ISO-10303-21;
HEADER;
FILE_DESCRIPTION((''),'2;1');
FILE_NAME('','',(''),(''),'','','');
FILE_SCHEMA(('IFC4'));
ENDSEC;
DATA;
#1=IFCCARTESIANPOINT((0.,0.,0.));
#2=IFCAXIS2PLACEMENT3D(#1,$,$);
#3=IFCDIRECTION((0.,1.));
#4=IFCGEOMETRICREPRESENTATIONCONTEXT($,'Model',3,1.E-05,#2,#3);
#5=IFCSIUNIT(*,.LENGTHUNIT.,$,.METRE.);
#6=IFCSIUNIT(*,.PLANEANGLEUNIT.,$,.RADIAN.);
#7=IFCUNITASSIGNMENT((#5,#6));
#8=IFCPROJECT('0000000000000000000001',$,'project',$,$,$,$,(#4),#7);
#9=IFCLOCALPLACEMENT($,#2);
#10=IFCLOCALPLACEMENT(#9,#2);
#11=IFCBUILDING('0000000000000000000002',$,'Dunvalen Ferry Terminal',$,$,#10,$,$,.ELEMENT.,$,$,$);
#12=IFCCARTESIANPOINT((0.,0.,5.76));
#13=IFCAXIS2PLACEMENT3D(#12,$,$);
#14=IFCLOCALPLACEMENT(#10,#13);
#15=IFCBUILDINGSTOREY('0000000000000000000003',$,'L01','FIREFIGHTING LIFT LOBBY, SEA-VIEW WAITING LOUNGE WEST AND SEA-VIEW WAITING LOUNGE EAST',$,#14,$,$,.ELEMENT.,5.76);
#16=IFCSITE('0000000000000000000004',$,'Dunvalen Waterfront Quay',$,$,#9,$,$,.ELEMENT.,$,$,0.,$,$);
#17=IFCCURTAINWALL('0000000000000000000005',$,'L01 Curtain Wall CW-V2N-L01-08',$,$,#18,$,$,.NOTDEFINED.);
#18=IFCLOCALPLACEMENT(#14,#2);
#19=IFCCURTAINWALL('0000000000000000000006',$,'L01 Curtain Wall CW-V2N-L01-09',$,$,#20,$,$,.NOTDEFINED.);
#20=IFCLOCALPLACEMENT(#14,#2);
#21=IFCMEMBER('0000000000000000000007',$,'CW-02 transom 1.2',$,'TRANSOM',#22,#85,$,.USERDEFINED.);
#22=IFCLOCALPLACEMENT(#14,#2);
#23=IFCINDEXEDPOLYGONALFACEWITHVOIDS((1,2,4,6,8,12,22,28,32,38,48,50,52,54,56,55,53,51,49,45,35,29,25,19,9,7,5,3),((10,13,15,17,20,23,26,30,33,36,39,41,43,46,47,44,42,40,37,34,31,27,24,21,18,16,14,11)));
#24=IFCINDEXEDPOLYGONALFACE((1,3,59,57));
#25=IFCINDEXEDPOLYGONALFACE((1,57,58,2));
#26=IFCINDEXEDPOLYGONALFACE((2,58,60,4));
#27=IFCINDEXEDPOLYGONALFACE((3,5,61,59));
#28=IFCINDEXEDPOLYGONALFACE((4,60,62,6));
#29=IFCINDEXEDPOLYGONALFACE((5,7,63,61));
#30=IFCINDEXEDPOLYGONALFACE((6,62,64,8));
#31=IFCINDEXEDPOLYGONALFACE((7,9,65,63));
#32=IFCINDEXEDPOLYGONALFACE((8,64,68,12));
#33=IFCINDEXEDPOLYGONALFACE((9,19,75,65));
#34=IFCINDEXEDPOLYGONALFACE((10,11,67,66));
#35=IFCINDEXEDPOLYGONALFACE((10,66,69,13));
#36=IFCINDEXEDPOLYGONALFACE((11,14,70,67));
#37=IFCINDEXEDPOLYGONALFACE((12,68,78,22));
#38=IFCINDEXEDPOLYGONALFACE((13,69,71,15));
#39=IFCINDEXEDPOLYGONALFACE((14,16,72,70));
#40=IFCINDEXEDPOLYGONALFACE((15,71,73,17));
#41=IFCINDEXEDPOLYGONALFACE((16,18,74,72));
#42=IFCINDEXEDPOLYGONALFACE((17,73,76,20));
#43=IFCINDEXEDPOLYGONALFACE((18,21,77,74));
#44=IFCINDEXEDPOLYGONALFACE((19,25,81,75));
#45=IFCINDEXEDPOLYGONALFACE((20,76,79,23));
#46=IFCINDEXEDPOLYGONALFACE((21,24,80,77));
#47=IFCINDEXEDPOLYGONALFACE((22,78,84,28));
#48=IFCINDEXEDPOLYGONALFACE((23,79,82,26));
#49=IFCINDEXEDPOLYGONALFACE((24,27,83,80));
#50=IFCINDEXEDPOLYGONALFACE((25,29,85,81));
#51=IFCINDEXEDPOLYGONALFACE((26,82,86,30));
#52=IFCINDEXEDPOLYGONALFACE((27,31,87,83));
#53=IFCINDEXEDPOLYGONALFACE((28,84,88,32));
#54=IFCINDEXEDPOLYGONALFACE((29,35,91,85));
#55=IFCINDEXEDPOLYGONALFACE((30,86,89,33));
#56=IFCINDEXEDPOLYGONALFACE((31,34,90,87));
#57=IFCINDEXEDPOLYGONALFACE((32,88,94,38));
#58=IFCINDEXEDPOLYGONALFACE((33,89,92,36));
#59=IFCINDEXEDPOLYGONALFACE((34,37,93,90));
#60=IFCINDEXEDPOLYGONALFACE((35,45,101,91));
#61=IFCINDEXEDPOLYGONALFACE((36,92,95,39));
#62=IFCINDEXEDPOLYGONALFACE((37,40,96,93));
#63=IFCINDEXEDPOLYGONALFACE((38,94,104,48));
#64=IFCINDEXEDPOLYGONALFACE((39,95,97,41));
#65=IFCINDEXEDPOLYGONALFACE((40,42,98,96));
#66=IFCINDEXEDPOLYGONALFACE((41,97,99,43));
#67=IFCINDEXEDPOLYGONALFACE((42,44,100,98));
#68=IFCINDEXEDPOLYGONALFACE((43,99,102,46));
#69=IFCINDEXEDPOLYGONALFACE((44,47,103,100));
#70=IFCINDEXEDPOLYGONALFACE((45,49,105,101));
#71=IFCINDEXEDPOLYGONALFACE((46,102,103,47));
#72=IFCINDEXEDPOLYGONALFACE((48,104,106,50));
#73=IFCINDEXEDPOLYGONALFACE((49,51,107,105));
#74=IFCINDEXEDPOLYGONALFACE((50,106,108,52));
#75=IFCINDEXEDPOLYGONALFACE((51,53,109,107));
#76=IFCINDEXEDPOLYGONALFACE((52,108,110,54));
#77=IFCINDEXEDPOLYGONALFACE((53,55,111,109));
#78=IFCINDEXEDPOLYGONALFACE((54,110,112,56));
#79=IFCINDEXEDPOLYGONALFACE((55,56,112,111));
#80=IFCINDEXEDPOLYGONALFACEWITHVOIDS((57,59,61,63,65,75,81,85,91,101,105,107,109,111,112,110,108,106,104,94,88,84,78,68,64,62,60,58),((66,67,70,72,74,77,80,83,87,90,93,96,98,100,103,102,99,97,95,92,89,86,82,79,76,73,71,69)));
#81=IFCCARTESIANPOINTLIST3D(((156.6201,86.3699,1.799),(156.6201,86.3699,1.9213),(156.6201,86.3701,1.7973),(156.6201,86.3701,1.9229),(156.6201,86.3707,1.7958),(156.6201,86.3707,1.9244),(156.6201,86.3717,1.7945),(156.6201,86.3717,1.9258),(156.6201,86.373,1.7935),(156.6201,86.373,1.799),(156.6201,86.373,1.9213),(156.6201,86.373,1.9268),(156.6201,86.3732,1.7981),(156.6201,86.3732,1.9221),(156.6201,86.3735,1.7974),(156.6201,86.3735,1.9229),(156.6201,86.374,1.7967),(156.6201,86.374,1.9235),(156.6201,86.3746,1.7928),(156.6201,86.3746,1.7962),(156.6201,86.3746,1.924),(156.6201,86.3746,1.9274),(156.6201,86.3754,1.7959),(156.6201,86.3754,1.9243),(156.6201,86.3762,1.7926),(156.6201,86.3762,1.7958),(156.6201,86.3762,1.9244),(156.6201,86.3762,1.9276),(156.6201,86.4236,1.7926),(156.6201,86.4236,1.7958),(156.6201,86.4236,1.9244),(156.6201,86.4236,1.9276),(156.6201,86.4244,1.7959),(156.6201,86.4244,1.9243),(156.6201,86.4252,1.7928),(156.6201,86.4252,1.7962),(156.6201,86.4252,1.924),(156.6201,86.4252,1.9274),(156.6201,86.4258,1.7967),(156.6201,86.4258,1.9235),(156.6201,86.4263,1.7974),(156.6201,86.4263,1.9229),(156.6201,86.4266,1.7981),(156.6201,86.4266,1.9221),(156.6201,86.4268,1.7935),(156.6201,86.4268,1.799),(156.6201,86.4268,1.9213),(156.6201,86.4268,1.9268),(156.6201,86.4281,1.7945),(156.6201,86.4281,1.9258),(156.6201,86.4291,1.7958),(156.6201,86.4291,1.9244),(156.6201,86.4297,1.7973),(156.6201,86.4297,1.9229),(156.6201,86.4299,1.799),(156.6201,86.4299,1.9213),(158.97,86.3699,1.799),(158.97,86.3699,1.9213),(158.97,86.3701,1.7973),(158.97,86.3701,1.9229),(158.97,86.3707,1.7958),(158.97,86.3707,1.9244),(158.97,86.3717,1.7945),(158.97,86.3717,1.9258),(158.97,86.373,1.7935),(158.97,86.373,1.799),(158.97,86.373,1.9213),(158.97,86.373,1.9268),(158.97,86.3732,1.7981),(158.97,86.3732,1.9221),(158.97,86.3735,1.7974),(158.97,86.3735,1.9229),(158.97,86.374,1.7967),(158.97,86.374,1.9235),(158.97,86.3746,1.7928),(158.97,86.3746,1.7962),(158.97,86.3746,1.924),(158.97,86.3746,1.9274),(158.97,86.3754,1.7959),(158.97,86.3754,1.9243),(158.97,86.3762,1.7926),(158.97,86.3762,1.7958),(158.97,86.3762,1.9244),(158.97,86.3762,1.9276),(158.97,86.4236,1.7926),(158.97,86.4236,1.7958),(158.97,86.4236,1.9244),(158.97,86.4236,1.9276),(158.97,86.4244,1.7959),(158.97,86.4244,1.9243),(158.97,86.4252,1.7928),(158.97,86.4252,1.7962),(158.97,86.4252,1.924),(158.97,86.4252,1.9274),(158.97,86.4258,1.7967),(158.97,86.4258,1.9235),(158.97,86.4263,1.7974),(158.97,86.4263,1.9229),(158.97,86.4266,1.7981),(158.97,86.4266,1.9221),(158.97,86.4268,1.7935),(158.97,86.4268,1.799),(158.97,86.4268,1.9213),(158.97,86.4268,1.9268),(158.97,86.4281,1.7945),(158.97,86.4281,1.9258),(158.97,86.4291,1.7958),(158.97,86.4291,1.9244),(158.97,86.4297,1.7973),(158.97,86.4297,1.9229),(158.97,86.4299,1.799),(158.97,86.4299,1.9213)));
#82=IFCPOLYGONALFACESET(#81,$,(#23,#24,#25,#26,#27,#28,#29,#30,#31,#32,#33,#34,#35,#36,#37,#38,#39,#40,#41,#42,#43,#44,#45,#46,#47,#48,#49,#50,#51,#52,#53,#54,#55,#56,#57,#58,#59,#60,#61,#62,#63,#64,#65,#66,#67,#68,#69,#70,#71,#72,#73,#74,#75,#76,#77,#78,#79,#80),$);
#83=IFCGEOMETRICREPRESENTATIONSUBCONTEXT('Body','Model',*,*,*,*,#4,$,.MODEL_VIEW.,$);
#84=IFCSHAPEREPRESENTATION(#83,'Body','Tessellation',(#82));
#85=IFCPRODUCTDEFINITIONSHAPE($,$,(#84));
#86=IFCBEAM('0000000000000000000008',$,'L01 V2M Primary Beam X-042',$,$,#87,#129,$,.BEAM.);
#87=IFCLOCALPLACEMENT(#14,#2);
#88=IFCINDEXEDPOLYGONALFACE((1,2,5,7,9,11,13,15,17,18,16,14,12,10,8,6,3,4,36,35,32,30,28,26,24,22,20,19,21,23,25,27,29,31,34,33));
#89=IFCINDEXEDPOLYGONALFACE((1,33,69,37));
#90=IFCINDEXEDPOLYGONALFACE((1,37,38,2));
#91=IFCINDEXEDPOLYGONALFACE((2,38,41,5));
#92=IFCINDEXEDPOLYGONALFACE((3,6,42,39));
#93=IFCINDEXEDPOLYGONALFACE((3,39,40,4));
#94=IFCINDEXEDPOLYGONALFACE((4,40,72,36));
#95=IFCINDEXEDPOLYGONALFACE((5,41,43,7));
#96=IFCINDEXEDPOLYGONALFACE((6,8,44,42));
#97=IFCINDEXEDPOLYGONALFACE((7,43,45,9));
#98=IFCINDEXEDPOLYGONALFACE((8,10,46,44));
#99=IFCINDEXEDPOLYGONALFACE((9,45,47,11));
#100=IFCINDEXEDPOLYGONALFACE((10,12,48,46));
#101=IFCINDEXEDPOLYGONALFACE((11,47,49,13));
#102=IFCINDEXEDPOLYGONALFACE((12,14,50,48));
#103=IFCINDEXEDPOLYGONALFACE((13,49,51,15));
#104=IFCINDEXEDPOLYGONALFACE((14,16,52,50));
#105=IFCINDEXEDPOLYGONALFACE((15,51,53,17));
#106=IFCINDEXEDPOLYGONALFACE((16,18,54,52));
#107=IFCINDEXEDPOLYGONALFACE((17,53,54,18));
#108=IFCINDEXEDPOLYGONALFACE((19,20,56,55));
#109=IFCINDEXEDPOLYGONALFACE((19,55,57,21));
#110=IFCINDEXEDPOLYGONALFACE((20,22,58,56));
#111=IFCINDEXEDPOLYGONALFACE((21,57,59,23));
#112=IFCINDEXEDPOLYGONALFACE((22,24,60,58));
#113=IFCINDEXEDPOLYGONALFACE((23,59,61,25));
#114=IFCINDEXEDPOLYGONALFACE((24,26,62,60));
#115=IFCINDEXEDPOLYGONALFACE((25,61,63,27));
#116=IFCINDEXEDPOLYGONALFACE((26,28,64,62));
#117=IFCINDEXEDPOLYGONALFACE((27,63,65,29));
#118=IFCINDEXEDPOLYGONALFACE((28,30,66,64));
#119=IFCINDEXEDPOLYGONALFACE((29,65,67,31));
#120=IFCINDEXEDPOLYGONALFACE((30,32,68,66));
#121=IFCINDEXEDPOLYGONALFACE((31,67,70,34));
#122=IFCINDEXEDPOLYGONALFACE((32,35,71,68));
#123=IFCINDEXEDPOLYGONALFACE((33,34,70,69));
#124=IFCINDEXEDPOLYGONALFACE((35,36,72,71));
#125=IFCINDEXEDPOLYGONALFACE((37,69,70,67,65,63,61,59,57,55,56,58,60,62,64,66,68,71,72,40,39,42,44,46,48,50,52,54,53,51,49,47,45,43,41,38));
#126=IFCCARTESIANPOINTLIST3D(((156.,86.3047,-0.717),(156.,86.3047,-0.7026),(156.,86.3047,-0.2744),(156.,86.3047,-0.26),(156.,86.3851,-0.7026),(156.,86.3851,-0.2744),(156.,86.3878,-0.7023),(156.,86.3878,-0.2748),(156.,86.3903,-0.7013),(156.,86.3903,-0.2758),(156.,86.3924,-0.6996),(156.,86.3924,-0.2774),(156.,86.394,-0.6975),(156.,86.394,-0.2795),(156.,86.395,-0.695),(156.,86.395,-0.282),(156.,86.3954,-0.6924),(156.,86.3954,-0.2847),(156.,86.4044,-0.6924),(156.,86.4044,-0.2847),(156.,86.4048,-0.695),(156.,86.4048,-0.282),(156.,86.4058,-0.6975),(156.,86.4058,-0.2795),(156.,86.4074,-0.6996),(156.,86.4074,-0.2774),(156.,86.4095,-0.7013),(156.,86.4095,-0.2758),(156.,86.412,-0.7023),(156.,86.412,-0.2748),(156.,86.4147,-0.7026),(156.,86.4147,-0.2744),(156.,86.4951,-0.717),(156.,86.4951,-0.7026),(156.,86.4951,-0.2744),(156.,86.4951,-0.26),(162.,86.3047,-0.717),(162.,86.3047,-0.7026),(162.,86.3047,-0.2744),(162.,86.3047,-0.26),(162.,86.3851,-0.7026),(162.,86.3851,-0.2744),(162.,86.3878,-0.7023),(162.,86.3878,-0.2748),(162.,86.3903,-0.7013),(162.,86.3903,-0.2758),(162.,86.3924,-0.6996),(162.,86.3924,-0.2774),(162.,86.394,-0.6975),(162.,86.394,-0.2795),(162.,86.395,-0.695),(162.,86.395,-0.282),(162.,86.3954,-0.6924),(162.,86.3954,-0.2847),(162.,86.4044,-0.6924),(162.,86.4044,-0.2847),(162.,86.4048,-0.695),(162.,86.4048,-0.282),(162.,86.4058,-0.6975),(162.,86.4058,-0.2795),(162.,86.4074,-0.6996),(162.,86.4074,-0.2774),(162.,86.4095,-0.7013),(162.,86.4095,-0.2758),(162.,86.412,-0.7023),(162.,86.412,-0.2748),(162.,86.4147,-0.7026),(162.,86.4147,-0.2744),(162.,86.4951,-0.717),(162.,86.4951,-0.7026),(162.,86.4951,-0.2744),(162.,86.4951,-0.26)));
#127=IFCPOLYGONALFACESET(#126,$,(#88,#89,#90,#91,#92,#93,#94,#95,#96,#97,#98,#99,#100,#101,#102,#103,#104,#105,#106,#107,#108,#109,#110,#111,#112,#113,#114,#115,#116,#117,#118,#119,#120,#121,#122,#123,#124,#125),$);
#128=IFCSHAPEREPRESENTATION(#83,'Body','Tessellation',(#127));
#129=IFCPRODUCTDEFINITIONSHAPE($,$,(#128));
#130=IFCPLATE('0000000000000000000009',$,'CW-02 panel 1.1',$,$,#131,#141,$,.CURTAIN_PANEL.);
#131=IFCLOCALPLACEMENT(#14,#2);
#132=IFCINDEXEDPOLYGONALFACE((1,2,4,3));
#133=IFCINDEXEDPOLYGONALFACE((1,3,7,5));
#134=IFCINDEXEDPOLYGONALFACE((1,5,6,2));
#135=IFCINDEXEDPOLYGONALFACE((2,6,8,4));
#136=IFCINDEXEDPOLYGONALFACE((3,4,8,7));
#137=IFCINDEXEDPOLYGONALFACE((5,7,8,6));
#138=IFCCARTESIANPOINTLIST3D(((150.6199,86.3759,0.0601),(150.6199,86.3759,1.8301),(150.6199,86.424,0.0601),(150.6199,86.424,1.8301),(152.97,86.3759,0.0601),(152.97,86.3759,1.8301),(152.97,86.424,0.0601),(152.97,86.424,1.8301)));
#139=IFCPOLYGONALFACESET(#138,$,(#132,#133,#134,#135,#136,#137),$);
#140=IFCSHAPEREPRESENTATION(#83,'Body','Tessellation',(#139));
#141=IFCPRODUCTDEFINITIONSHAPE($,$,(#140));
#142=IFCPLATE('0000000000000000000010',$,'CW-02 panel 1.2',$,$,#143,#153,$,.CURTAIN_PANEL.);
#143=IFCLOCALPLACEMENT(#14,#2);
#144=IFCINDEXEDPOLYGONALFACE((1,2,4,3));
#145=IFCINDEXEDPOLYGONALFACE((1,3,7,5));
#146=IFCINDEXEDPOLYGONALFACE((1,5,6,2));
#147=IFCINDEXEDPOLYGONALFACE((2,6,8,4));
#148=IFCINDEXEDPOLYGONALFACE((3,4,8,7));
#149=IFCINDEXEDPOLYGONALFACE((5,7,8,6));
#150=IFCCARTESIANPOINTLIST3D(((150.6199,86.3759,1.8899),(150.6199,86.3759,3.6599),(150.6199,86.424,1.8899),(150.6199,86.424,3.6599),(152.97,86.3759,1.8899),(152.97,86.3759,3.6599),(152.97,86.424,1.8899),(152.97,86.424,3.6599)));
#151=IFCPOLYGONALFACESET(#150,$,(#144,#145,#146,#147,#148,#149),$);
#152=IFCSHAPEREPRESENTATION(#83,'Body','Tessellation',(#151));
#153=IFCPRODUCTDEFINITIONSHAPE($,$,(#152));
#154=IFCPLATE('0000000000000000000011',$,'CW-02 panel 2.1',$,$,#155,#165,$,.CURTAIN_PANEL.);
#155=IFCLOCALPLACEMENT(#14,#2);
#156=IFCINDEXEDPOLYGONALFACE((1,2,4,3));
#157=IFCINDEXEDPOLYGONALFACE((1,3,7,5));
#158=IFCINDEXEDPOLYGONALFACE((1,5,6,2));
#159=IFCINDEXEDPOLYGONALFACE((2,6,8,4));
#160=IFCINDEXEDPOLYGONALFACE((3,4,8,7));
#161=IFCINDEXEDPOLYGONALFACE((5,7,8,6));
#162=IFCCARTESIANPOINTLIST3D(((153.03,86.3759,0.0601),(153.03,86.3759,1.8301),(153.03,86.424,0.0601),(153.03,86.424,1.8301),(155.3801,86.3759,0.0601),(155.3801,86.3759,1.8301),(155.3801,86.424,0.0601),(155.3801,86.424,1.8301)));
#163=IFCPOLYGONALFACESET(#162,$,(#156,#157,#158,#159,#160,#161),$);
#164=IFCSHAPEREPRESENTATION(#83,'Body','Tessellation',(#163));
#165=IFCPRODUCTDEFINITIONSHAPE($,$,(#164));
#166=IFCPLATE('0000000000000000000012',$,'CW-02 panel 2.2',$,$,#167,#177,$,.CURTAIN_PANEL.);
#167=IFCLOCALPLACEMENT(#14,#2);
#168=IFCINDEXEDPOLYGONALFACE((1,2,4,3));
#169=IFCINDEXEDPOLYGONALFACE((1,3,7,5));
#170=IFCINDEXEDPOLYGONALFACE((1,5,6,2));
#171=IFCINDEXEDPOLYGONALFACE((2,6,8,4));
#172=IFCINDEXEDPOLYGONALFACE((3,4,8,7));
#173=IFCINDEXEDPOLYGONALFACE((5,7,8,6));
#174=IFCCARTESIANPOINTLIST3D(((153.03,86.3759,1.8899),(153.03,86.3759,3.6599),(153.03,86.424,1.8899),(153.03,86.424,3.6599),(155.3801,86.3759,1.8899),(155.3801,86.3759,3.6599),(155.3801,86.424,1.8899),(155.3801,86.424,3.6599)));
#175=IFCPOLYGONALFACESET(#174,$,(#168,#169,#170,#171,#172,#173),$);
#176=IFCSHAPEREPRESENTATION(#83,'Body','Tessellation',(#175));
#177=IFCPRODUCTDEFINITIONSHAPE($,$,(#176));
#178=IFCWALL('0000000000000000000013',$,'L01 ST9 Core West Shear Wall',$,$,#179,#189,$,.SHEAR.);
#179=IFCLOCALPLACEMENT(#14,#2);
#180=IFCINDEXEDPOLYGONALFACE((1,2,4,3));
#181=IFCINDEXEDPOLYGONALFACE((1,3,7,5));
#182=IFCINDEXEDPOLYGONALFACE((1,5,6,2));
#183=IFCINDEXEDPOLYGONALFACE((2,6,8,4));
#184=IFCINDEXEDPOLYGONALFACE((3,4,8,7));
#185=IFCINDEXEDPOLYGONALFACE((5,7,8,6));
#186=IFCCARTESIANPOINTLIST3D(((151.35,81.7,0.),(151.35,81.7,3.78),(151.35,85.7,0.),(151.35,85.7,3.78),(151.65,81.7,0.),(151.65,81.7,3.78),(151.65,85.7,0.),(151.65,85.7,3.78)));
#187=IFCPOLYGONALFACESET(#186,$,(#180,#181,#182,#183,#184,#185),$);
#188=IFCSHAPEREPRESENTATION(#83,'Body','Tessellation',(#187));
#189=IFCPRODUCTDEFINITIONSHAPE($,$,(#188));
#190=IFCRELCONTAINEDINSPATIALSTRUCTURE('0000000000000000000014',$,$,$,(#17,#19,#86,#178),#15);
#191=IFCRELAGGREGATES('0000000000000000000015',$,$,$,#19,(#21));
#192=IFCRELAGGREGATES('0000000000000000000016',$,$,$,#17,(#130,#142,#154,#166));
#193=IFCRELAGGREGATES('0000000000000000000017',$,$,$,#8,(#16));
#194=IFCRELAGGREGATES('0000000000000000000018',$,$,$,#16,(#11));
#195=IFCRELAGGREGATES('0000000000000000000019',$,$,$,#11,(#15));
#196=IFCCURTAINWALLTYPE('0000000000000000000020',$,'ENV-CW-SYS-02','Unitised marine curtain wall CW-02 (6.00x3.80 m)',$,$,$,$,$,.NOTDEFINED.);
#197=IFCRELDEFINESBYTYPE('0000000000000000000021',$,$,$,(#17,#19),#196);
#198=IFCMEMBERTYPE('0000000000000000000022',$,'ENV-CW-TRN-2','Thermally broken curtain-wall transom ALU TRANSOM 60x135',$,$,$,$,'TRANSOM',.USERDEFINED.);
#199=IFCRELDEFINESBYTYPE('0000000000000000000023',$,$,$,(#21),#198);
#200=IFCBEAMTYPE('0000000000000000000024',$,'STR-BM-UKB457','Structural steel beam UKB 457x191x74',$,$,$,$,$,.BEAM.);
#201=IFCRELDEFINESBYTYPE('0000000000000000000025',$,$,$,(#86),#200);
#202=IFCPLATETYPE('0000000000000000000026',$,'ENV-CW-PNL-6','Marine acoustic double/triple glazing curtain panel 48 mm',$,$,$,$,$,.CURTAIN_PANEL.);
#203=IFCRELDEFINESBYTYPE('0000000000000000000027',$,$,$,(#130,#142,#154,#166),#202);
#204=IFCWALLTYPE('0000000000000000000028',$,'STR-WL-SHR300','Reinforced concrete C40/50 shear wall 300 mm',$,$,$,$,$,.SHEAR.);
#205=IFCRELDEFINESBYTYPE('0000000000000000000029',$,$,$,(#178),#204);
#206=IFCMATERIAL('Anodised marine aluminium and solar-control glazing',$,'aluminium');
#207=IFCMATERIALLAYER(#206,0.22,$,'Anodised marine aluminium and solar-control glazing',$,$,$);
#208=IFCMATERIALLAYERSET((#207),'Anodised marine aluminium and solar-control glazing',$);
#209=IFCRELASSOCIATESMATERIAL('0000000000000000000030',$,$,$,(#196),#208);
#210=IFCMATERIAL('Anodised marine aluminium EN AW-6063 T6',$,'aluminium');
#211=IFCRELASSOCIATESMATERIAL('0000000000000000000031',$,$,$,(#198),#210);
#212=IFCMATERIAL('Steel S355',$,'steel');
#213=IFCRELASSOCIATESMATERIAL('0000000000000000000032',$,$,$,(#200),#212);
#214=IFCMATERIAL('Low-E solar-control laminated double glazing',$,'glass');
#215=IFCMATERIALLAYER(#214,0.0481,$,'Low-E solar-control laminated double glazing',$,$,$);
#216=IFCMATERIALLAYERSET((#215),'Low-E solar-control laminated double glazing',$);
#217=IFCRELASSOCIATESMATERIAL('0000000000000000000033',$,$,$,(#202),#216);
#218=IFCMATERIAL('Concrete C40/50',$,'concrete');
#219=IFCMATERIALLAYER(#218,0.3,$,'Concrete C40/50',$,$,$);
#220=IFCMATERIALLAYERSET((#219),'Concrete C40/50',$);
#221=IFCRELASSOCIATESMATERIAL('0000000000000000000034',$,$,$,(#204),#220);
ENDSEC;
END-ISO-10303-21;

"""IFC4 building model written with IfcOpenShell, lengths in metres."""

from ifc_helpers import new_model, si_unit, direction, frame, frame_2d, origin, origin_2d, place, context, subcontext, project, spatial, rectangle, hollow_rectangle, i_section, extrude, material, layer, layer_set, material_profile, profile_set, type_object, element, aggregate, save


model = new_model("IFC4")

# Units and contexts
model_context = context("Model", 3, precision=1e-05, world=origin(), true_north=direction((0.0, 1.0)))
body_context = subcontext(model_context, "Body", "Model", "MODEL_VIEW")
ifc_project = project(units=[si_unit("LENGTHUNIT", "METRE"), si_unit("PLANEANGLEUNIT", "RADIAN")], contexts=[model_context])

# Site, building, storey
site_placement = place(None, origin())
site = spatial("IfcSite", under=ifc_project, at=site_placement, Name="Dunvalen Waterfront Quay", CompositionType="ELEMENT", RefElevation=0.0)
building_placement = place(site_placement, origin())
building = spatial("IfcBuilding", under=site, at=building_placement, Name="Dunvalen Ferry Terminal", CompositionType="ELEMENT")
storey_placement = place(building_placement, frame((0.0, 0.0, 5.76)))
storey = spatial("IfcBuildingStorey", under=building, at=storey_placement, Name="L01", Description="FIREFIGHTING LIFT LOBBY, SEA-VIEW WAITING LOUNGE WEST AND SEA-VIEW WAITING LOUNGE EAST", CompositionType="ELEMENT", Elevation=5.76)

# Shared definitions
ifc_material_1 = material(Name="Concrete C40/50", Category="concrete")

# Curtain wall
ifc_material_2 = material(Name="Anodised marine aluminium and solar-control glazing", Category="aluminium")
ifc_layer_1 = layer(ifc_material_2, 0.22, Name="Anodised marine aluminium and solar-control glazing")
ifc_layer_set_1 = layer_set([ifc_layer_1], Name="Anodised marine aluminium and solar-control glazing")
curtain_wall_type = type_object("IfcCurtainWallType", Name="ENV-CW-SYS-02", Description="Unitised marine curtain wall CW-02 (6.00x3.80 m)", PredefinedType="NOTDEFINED", material=ifc_layer_set_1)
curtain_wall_1_placement = place(storey_placement, origin())
curtain_wall_1 = element("IfcCurtainWall", 1, at=curtain_wall_1_placement, inside=storey, type_object=curtain_wall_type, Name="L01 Curtain Wall CW-V2N-L01-08", PredefinedType="NOTDEFINED")
ifc_material_3 = material(Name="Anodised marine aluminium EN AW-6063 T6", Category="aluminium")

# Curtain wall
curtain_wall_2_placement = place(storey_placement, origin())
curtain_wall_2 = element("IfcCurtainWall", 2, at=curtain_wall_2_placement, inside=storey, type_object=curtain_wall_type, Name="L01 Curtain Wall CW-V2N-L01-09", PredefinedType="NOTDEFINED")

# Member
ifc_material_profile_1 = material_profile(ifc_material_3, hollow_rectangle(XDim=0.0601, YDim=0.135, WallThickness=0.0032, InnerFilletRadius=0.0032, OuterFilletRadius=0.0063, at=origin_2d()), Name="Anodised marine aluminium EN AW-6063 T6")
ifc_profile_set_1 = profile_set([ifc_material_profile_1], Name="Anodised marine aluminium EN AW-6063 T6")
member_type_1 = type_object("IfcMemberType", Name="ENV-CW-TRN-2", Description="Thermally broken curtain-wall transom ALU TRANSOM 60x135", ElementType="TRANSOM", PredefinedType="USERDEFINED", material=ifc_profile_set_1)
member_1_placement = place(storey_placement, frame((156.6201, 86.3999, 1.8601), z_axis=(1.0, 0.0, 0.0), x_axis=(0.0, 1.0, 0.0)))
member_1 = element("IfcMember", 3, at=member_1_placement, type_object=member_type_1, Name="CW-02 transom 1.2", ObjectType="TRANSOM", PredefinedType="USERDEFINED", context=body_context, shape_type="SweptSolid", body=[
    extrude(hollow_rectangle(XDim=0.0601, YDim=0.135, WallThickness=0.0032, InnerFilletRadius=0.0032, OuterFilletRadius=0.0063, at=origin_2d()), origin(), (0.0, 0.0, 1.0), 2.3499),
])
aggregate(curtain_wall_2, [member_1])

# Beam
ifc_material_4 = material(Name="Steel S355", Category="steel")
ifc_material_profile_2 = material_profile(ifc_material_4, i_section(OverallWidth=0.1904, OverallDepth=0.457, WebThickness=0.009, FlangeThickness=0.0144, FilletRadius=0.0103, at=origin_2d()), Name="Steel S355")
ifc_profile_set_2 = profile_set([ifc_material_profile_2], Name="Steel S355")
beam_type = type_object("IfcBeamType", Name="STR-BM-UKB457", Description="Structural steel beam UKB 457x191x74", PredefinedType="BEAM", material=ifc_profile_set_2)
beam_placement = place(storey_placement, frame((156.0, 86.3999, -0.4885), z_axis=(1.0, 0.0, 0.0), x_axis=(0.0, 1.0, 0.0)))
element("IfcBeam", 4, at=beam_placement, inside=storey, type_object=beam_type, Name="L01 V2M Primary Beam X-042", PredefinedType="BEAM", context=body_context, shape_type="SweptSolid", body=[
    extrude(i_section(OverallWidth=0.1904, OverallDepth=0.457, WebThickness=0.009, FlangeThickness=0.0144, FilletRadius=0.0103, at=origin_2d()), origin(), (0.0, 0.0, 1.0), 6.0),
])

# Plates
ifc_material_5 = material(Name="Low-E solar-control laminated double glazing", Category="glass")
ifc_layer_2 = layer(ifc_material_5, 0.0481, Name="Low-E solar-control laminated double glazing")
ifc_layer_set_2 = layer_set([ifc_layer_2], Name="Low-E solar-control laminated double glazing")
plate_type = type_object("IfcPlateType", Name="ENV-CW-PNL-6", Description="Marine acoustic double/triple glazing curtain panel 48 mm", PredefinedType="CURTAIN_PANEL", material=ifc_layer_set_2)
plate_1_placement = place(storey_placement, frame((151.7949, 86.3999, 0.0601), z_axis=(0.0, 0.0, 1.0), x_axis=(1.0, 0.0, 0.0)))
plate_1 = element("IfcPlate", 5, at=plate_1_placement, type_object=plate_type, Name="CW-02 panel 1.1", PredefinedType="CURTAIN_PANEL", context=body_context, shape_type="SweptSolid", body=[
    extrude(rectangle(XDim=2.3501, YDim=0.0481, at=origin_2d()), origin(), (0.0, 0.0, 1.0), 1.77),
])
plate_2_placement = place(storey_placement, frame((151.7949, 86.3999, 1.8899), z_axis=(0.0, 0.0, 1.0), x_axis=(1.0, 0.0, 0.0)))
plate_2 = element("IfcPlate", 6, at=plate_2_placement, type_object=plate_type, Name="CW-02 panel 1.2", PredefinedType="CURTAIN_PANEL", context=body_context, shape_type="SweptSolid", body=[
    extrude(rectangle(XDim=2.3501, YDim=0.0481, at=origin_2d()), origin(), (0.0, 0.0, 1.0), 1.77),
])
plate_3_placement = place(storey_placement, frame((154.2051, 86.3999, 0.0601), z_axis=(0.0, 0.0, 1.0), x_axis=(1.0, 0.0, 0.0)))
plate_3 = element("IfcPlate", 7, at=plate_3_placement, type_object=plate_type, Name="CW-02 panel 2.1", PredefinedType="CURTAIN_PANEL", context=body_context, shape_type="SweptSolid", body=[
    extrude(rectangle(XDim=2.3501, YDim=0.0481, at=origin_2d()), origin(), (0.0, 0.0, 1.0), 1.77),
])
plate_4_placement = place(storey_placement, frame((154.2051, 86.3999, 1.8899), z_axis=(0.0, 0.0, 1.0), x_axis=(1.0, 0.0, 0.0)))
plate_4 = element("IfcPlate", 8, at=plate_4_placement, type_object=plate_type, Name="CW-02 panel 2.2", PredefinedType="CURTAIN_PANEL", context=body_context, shape_type="SweptSolid", body=[
    extrude(rectangle(XDim=2.3501, YDim=0.0481, at=origin_2d()), origin(), (0.0, 0.0, 1.0), 1.77),
])
aggregate(curtain_wall_1, [plate_1, plate_2, plate_3, plate_4])

# Wall
ifc_layer_3 = layer(ifc_material_1, 0.3, Name="Concrete C40/50")
ifc_layer_set_3 = layer_set([ifc_layer_3], Name="Concrete C40/50")
wall_type = type_object("IfcWallType", Name="STR-WL-SHR300", Description="Reinforced concrete C40/50 shear wall 300 mm", PredefinedType="SHEAR", material=ifc_layer_set_3)
wall_1_placement = place(storey_placement, frame((151.5, 81.7, 0.0), z_axis=(0.0, 0.0, 1.0), x_axis=(0.0, 1.0, 0.0)))
element("IfcWall", 9, at=wall_1_placement, inside=storey, type_object=wall_type, Name="L01 ST9 Core West Shear Wall", PredefinedType="SHEAR", context=body_context, shape_type="SweptSolid", body=[
    extrude(rectangle(XDim=4.0, YDim=0.3, at=frame_2d((2.0, 0.0))), origin(), (0.0, 0.0, 1.0), 3.78),
])

save(model, "model.ifc")
